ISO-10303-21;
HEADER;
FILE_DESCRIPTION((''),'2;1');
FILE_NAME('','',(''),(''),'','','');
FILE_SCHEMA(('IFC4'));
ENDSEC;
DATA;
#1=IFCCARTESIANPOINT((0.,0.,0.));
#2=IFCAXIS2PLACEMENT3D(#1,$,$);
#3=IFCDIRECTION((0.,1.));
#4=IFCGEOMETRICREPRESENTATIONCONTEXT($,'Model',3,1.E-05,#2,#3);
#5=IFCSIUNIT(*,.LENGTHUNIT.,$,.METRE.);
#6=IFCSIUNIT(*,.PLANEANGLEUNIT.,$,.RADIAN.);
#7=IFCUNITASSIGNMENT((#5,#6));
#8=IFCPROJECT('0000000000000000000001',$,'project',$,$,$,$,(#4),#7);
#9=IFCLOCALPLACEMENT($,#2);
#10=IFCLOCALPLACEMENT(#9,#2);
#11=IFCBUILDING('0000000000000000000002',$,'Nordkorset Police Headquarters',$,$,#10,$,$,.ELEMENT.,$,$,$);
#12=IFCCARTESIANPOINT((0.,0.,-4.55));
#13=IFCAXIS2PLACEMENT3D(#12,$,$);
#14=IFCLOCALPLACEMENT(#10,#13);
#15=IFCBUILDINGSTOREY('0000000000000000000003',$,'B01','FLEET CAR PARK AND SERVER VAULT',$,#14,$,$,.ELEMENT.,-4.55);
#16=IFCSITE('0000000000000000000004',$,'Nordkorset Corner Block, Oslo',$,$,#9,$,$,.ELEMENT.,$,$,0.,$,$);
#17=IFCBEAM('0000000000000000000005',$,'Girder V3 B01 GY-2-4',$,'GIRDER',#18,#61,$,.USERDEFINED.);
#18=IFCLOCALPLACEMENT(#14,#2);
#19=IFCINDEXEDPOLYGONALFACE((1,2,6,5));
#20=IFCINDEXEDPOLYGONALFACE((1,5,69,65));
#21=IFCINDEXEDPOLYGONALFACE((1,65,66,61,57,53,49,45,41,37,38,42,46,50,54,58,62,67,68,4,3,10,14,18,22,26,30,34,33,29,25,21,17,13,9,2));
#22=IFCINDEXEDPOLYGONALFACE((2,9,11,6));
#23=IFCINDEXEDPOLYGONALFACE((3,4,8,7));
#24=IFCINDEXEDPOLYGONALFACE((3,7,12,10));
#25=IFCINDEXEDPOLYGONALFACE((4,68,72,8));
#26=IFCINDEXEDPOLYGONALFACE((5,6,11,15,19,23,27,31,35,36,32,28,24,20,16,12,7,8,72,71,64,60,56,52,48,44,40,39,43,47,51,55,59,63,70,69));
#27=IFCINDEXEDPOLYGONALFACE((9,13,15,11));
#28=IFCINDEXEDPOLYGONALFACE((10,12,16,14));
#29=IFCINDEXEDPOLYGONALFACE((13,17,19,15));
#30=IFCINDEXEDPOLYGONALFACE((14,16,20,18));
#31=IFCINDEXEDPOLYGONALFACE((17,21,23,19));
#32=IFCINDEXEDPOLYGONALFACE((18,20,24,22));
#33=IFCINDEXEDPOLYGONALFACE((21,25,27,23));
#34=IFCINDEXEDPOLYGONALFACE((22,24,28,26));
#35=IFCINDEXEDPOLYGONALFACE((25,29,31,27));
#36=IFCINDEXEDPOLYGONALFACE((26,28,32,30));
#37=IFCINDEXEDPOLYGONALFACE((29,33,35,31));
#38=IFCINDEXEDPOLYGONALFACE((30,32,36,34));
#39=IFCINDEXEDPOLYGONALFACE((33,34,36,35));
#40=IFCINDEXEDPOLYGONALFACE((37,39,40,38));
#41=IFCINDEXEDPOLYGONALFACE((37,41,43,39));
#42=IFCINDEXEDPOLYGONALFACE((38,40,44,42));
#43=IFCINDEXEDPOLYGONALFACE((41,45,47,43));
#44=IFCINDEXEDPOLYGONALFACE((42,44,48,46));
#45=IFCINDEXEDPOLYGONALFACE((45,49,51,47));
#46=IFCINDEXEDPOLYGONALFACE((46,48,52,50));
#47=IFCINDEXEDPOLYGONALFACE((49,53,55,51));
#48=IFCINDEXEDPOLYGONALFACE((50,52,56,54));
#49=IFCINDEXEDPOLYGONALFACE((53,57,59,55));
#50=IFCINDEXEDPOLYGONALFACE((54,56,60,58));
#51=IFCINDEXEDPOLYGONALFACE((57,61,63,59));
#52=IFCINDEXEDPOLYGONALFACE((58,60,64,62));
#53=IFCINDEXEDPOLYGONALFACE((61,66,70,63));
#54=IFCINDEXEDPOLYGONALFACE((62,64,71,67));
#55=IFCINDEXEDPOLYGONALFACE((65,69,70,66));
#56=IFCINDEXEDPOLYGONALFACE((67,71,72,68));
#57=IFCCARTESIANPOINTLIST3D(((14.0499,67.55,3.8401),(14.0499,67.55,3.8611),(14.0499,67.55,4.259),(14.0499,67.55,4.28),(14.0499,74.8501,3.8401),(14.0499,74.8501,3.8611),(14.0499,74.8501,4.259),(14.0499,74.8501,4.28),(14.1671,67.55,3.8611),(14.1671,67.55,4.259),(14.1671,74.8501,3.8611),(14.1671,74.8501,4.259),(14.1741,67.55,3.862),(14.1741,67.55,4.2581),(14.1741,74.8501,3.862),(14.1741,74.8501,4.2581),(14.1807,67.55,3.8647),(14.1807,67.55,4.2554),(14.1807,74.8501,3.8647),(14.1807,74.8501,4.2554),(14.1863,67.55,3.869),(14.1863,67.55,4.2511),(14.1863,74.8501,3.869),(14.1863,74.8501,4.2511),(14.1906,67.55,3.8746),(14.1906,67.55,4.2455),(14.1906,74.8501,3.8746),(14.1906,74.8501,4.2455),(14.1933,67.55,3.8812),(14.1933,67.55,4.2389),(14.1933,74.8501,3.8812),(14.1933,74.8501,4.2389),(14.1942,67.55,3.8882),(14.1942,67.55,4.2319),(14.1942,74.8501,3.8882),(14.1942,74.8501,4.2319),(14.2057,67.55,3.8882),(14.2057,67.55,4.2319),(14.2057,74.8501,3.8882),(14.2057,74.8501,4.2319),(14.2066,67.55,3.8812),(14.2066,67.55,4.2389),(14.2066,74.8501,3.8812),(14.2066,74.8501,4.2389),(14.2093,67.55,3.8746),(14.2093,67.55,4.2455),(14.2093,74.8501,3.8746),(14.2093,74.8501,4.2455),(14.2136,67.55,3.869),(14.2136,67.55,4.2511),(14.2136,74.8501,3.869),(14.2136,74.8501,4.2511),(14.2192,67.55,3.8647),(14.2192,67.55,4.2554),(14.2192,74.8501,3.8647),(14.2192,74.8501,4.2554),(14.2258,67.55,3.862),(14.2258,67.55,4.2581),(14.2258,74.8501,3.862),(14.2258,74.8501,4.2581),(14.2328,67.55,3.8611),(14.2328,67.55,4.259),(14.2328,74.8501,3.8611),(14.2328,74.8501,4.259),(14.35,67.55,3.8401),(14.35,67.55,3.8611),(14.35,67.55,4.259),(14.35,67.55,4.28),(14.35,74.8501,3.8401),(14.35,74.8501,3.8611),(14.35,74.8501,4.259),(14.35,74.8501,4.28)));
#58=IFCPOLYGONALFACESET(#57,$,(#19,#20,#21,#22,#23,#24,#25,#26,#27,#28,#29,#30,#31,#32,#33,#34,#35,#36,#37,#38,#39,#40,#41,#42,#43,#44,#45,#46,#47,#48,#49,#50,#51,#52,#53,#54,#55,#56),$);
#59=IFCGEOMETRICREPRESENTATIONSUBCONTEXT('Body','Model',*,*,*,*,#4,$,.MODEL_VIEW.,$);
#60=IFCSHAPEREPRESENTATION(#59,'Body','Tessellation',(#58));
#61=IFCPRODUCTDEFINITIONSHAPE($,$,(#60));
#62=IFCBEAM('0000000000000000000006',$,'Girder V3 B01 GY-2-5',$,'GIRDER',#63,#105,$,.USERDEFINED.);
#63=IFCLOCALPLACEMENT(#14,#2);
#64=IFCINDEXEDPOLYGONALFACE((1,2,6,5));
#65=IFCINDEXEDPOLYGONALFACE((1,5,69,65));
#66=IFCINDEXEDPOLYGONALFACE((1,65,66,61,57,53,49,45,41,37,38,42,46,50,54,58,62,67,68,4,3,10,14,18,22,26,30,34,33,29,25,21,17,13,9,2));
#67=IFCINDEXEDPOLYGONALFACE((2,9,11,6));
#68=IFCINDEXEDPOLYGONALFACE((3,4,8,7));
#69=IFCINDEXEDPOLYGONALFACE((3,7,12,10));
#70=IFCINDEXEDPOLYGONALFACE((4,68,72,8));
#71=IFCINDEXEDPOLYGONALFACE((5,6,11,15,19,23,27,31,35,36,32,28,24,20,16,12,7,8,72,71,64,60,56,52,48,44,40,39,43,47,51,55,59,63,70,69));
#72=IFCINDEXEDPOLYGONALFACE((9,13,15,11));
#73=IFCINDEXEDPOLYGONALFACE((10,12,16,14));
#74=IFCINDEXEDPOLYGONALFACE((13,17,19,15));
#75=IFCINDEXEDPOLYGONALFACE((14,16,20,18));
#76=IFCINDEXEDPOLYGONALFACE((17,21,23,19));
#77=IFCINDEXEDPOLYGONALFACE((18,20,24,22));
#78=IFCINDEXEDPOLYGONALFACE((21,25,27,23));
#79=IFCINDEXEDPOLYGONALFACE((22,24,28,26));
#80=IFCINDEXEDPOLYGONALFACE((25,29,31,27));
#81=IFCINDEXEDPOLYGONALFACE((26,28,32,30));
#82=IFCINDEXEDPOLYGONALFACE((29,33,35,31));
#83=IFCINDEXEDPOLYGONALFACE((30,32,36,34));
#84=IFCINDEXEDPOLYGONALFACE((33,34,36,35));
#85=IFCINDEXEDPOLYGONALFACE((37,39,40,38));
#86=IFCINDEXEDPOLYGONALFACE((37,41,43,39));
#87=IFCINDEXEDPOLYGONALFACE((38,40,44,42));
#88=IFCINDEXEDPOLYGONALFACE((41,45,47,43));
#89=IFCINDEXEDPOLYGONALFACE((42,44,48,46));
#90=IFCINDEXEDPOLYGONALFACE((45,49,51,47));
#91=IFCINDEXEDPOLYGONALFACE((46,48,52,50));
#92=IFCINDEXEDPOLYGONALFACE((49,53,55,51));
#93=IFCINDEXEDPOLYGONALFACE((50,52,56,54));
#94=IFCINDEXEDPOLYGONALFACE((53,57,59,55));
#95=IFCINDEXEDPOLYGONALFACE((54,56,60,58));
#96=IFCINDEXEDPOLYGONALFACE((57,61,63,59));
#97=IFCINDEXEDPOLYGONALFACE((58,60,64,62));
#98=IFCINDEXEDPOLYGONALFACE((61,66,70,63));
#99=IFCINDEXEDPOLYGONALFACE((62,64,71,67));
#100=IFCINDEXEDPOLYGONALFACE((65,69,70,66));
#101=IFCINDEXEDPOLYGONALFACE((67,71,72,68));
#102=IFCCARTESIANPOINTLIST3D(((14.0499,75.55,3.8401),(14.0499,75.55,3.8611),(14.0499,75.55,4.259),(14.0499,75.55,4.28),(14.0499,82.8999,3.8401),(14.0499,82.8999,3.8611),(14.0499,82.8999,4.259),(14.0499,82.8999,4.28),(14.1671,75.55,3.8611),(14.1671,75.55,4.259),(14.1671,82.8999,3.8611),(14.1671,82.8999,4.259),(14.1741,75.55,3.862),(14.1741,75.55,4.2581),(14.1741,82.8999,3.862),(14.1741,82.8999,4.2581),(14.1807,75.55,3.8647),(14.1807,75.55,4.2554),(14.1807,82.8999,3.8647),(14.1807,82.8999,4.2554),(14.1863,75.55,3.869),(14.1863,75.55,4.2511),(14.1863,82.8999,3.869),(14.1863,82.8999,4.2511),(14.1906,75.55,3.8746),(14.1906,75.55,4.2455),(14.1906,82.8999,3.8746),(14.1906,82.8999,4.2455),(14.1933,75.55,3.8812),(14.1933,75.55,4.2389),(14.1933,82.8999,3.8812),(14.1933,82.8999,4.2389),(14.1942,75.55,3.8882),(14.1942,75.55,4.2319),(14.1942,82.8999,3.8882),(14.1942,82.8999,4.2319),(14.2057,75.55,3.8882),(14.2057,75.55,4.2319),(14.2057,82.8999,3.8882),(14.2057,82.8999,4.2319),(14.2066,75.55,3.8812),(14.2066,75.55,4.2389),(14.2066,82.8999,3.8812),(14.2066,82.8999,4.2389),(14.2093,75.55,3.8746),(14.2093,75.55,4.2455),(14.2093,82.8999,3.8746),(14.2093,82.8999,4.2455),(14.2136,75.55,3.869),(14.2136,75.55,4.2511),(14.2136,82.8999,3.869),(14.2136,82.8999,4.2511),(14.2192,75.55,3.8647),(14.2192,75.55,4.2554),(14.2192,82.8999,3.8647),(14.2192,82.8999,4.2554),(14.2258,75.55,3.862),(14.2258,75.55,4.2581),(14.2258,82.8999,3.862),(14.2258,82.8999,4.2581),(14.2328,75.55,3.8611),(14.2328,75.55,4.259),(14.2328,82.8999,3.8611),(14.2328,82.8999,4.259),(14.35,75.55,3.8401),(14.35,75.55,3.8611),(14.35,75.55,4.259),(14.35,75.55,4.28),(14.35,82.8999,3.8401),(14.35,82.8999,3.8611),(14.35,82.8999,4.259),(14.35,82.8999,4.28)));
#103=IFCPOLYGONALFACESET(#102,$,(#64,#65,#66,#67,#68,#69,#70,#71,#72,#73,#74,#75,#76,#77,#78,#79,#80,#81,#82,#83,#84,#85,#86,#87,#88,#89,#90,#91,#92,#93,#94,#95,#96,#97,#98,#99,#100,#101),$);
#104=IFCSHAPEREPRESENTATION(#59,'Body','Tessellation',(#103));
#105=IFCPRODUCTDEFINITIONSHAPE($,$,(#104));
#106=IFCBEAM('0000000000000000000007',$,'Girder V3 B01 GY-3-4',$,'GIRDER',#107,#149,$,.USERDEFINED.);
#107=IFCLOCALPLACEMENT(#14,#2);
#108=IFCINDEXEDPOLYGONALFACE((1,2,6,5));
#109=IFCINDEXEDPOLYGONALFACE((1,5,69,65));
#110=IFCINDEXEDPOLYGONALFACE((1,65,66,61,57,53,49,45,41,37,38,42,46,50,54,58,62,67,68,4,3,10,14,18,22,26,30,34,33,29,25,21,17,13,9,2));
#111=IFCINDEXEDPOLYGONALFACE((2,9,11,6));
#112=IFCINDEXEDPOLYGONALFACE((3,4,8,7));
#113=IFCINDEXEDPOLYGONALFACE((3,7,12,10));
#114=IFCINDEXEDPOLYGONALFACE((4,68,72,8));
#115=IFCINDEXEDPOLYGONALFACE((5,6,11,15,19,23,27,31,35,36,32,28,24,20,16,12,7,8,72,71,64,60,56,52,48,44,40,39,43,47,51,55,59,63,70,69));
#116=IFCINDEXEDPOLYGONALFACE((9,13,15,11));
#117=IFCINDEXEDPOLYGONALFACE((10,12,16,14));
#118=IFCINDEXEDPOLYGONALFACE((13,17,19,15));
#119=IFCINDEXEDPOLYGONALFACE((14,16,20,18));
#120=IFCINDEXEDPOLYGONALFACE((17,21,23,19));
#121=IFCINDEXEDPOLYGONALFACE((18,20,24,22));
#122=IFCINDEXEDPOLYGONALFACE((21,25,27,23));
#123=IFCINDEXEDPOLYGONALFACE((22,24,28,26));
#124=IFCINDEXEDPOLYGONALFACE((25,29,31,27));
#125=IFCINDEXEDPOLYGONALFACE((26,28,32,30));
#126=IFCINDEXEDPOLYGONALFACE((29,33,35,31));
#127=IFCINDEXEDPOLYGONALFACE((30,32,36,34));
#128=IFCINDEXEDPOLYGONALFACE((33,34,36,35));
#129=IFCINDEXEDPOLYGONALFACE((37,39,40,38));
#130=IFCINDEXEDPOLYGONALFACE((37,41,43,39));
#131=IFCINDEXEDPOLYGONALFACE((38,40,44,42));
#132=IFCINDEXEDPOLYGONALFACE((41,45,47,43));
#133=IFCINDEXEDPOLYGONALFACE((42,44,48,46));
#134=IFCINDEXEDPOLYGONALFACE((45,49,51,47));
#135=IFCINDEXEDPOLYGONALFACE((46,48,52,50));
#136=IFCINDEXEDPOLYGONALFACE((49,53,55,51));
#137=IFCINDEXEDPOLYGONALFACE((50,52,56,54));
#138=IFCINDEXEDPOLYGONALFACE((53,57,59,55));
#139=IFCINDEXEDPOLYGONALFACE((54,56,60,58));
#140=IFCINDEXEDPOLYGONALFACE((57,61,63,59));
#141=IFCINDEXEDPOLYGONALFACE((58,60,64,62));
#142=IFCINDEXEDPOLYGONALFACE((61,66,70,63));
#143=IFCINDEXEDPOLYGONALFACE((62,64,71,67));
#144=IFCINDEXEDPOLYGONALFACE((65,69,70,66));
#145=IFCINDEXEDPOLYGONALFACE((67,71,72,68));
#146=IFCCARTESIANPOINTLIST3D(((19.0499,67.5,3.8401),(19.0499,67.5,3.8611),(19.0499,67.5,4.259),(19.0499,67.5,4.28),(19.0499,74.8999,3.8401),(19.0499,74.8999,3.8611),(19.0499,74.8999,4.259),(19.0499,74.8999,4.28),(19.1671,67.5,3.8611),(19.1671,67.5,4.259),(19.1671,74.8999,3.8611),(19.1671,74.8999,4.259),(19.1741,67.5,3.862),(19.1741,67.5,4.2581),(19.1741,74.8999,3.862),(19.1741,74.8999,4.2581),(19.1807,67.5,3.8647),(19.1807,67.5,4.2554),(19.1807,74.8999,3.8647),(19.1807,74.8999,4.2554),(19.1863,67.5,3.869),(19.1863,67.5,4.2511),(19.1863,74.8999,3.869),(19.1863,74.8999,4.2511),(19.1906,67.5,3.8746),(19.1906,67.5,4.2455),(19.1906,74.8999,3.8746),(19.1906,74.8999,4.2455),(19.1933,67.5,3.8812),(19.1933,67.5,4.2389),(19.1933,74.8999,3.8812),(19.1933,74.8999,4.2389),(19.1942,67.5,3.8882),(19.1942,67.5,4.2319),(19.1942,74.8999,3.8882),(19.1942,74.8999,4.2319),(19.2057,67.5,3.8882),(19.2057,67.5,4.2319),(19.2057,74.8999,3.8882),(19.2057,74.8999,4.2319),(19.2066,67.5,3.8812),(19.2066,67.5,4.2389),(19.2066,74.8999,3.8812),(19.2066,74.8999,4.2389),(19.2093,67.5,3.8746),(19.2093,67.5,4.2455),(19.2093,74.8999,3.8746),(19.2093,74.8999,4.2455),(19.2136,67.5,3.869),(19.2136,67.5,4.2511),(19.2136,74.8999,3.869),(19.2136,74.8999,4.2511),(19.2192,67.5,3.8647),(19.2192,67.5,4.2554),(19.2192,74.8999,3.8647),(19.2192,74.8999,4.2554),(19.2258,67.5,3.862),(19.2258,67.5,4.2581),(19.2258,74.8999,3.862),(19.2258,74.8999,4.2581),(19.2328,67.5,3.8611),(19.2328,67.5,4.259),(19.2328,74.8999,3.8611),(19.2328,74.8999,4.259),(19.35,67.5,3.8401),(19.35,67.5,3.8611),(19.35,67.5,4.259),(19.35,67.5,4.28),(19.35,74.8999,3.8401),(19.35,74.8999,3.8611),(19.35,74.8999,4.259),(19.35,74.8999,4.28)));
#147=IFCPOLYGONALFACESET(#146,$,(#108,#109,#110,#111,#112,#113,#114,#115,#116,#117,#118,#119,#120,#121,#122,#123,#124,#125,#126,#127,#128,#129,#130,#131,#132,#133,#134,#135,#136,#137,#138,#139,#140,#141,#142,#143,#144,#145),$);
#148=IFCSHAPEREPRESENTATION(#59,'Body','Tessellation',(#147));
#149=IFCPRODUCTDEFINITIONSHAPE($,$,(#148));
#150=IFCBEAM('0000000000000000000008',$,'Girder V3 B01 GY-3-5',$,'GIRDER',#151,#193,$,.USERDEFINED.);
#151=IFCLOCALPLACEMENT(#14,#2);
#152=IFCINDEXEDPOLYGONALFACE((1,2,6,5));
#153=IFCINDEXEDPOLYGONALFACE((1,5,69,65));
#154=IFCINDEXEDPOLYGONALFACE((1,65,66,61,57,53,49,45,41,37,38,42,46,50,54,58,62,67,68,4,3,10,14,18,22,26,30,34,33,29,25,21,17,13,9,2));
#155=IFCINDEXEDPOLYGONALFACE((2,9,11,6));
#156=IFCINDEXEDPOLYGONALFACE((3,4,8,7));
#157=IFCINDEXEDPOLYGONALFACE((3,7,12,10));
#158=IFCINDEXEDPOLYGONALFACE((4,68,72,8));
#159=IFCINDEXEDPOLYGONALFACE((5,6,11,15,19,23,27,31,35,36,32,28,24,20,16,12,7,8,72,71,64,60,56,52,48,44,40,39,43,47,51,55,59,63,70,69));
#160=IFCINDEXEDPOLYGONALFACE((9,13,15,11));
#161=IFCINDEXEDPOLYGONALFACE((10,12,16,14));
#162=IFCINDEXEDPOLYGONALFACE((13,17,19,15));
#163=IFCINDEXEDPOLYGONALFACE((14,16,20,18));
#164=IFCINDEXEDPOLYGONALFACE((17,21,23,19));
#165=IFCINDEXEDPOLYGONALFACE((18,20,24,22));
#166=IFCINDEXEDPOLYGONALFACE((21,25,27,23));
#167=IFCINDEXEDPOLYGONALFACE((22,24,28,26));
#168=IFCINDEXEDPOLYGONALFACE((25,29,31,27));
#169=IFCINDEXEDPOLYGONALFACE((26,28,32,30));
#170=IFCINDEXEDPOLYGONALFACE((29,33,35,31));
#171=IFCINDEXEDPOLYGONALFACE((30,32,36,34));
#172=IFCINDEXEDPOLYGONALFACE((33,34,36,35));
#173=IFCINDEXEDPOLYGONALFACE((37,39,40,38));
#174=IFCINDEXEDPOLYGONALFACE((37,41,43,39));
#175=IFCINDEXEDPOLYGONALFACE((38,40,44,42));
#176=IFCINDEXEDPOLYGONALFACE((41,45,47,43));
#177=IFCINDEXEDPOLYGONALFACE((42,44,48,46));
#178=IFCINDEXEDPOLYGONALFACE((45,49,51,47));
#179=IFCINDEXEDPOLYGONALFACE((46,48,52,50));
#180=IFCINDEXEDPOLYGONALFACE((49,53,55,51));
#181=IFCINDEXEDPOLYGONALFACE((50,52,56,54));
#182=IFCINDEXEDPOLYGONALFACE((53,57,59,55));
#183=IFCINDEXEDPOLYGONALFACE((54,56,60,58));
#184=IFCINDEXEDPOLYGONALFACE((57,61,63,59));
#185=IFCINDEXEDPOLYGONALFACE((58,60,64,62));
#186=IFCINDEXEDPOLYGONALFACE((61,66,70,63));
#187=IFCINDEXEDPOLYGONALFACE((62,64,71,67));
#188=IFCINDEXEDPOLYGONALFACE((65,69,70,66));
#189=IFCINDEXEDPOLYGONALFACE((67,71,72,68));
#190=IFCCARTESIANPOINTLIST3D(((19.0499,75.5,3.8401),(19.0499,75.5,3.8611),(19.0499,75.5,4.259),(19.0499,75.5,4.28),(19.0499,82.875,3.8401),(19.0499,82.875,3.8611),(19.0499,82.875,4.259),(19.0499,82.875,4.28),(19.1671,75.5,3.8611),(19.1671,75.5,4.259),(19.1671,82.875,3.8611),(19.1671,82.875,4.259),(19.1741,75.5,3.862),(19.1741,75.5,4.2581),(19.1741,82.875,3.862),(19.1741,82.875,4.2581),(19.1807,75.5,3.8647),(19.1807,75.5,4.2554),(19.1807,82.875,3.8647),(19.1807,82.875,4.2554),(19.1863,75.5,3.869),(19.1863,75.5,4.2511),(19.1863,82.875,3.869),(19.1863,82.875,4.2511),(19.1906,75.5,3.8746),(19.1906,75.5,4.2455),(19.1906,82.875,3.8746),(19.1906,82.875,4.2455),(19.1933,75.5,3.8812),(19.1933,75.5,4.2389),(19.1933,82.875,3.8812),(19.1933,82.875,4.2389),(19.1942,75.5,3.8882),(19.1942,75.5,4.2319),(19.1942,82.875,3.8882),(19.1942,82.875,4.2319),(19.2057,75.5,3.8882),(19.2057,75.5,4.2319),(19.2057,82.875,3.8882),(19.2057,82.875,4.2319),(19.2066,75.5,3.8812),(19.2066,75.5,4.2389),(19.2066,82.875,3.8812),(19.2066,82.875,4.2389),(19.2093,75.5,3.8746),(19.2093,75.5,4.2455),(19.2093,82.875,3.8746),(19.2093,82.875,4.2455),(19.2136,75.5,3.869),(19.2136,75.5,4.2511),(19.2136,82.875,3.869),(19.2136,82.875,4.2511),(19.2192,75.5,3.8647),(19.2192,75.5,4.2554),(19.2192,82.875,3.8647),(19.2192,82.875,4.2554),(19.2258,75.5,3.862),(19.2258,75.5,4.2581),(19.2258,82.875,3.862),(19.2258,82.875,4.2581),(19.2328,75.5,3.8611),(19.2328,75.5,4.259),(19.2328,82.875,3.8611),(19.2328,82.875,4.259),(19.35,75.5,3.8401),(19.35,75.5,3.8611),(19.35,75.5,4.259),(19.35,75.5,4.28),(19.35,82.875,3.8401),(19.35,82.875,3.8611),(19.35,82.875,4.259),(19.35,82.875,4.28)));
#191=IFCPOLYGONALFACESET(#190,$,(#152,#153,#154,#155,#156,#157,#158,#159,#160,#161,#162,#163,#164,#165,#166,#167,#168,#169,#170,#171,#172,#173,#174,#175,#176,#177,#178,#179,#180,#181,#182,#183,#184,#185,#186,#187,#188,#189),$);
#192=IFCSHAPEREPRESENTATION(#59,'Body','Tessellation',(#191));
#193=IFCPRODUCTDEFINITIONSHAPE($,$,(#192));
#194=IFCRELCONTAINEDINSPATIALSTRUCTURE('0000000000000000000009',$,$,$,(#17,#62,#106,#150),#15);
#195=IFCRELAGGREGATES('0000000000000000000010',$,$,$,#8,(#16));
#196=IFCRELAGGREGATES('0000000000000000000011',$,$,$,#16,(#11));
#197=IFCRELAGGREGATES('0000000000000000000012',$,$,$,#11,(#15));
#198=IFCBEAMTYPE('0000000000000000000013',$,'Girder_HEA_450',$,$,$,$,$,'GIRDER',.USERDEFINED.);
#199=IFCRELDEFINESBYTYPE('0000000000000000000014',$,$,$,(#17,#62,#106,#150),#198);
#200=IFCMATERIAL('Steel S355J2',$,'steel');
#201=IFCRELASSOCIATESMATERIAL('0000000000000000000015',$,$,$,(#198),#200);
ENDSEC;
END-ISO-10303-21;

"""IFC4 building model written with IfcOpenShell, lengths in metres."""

from ifc_helpers import new_model, si_unit, direction, frame, origin, origin_2d, place, context, subcontext, project, spatial, i_section, extrude, material, material_profile, profile_set, type_object, element, save


model = new_model("IFC4")

# Units and contexts
model_context = context("Model", 3, precision=1e-05, world=origin(), true_north=direction((0.0, 1.0)))
body_context = subcontext(model_context, "Body", "Model", "MODEL_VIEW")
ifc_project = project(units=[si_unit("LENGTHUNIT", "METRE"), si_unit("PLANEANGLEUNIT", "RADIAN")], contexts=[model_context])

# Site, building, storey
site_placement = place(None, origin())
site = spatial("IfcSite", under=ifc_project, at=site_placement, Name="Nordkorset Corner Block, Oslo", CompositionType="ELEMENT", RefElevation=0.0)
building_placement = place(site_placement, origin())
building = spatial("IfcBuilding", under=site, at=building_placement, Name="Nordkorset Police Headquarters", CompositionType="ELEMENT")
storey_placement = place(building_placement, frame((0.0, 0.0, -4.55)))
storey = spatial("IfcBuildingStorey", under=building, at=storey_placement, Name="B01", Description="FLEET CAR PARK AND SERVER VAULT", CompositionType="ELEMENT", Elevation=-4.55)

# Beams
ifc_material_1 = material(Name="Steel S355J2", Category="steel")
ifc_material_profile_1 = material_profile(ifc_material_1, i_section(OverallWidth=0.3, OverallDepth=0.4399, WebThickness=0.0115, FlangeThickness=0.021, FilletRadius=0.0271, at=origin_2d()), Name="HEA 450")
ifc_profile_set_1 = profile_set([ifc_material_profile_1], Name="Steel S355J2")
beam_type_1 = type_object("IfcBeamType", Name="Girder_HEA_450", ElementType="GIRDER", PredefinedType="USERDEFINED", material=ifc_profile_set_1)
beam_1_placement = place(storey_placement, frame((14.2, 67.55, 4.0601), z_axis=(0.0, 1.0, 0.0), x_axis=(-1.0, 0.0, 0.0)))
element("IfcBeam", 1, at=beam_1_placement, inside=storey, type_object=beam_type_1, Name="Girder V3 B01 GY-2-4", ObjectType="GIRDER", PredefinedType="USERDEFINED", context=body_context, shape_type="SweptSolid", body=[
    extrude(i_section(OverallWidth=0.3, OverallDepth=0.4399, WebThickness=0.0115, FlangeThickness=0.021, FilletRadius=0.0271, at=origin_2d()), origin(), (0.0, 0.0, 1.0), 7.3),
])
beam_2_placement = place(storey_placement, frame((14.2, 75.55, 4.0601), z_axis=(0.0, 1.0, 0.0), x_axis=(-1.0, 0.0, 0.0)))
element("IfcBeam", 2, at=beam_2_placement, inside=storey, type_object=beam_type_1, Name="Girder V3 B01 GY-2-5", ObjectType="GIRDER", PredefinedType="USERDEFINED", context=body_context, shape_type="SweptSolid", body=[
    extrude(i_section(OverallWidth=0.3, OverallDepth=0.4399, WebThickness=0.0115, FlangeThickness=0.021, FilletRadius=0.0271, at=origin_2d()), origin(), (0.0, 0.0, 1.0), 7.3499),
])
beam_3_placement = place(storey_placement, frame((19.2, 67.5, 4.0601), z_axis=(0.0, 1.0, 0.0), x_axis=(-1.0, 0.0, 0.0)))
element("IfcBeam", 3, at=beam_3_placement, inside=storey, type_object=beam_type_1, Name="Girder V3 B01 GY-3-4", ObjectType="GIRDER", PredefinedType="USERDEFINED", context=body_context, shape_type="SweptSolid", body=[
    extrude(i_section(OverallWidth=0.3, OverallDepth=0.4399, WebThickness=0.0115, FlangeThickness=0.021, FilletRadius=0.0271, at=origin_2d()), origin(), (0.0, 0.0, 1.0), 7.3999),
])
beam_4_placement = place(storey_placement, frame((19.2, 75.5, 4.0601), z_axis=(0.0, 1.0, 0.0), x_axis=(-1.0, 0.0, 0.0)))
element("IfcBeam", 4, at=beam_4_placement, inside=storey, type_object=beam_type_1, Name="Girder V3 B01 GY-3-5", ObjectType="GIRDER", PredefinedType="USERDEFINED", context=body_context, shape_type="SweptSolid", body=[
    extrude(i_section(OverallWidth=0.3, OverallDepth=0.4399, WebThickness=0.0115, FlangeThickness=0.021, FilletRadius=0.0271, at=origin_2d()), origin(), (0.0, 0.0, 1.0), 7.375),
])

save(model, "model.ifc")
